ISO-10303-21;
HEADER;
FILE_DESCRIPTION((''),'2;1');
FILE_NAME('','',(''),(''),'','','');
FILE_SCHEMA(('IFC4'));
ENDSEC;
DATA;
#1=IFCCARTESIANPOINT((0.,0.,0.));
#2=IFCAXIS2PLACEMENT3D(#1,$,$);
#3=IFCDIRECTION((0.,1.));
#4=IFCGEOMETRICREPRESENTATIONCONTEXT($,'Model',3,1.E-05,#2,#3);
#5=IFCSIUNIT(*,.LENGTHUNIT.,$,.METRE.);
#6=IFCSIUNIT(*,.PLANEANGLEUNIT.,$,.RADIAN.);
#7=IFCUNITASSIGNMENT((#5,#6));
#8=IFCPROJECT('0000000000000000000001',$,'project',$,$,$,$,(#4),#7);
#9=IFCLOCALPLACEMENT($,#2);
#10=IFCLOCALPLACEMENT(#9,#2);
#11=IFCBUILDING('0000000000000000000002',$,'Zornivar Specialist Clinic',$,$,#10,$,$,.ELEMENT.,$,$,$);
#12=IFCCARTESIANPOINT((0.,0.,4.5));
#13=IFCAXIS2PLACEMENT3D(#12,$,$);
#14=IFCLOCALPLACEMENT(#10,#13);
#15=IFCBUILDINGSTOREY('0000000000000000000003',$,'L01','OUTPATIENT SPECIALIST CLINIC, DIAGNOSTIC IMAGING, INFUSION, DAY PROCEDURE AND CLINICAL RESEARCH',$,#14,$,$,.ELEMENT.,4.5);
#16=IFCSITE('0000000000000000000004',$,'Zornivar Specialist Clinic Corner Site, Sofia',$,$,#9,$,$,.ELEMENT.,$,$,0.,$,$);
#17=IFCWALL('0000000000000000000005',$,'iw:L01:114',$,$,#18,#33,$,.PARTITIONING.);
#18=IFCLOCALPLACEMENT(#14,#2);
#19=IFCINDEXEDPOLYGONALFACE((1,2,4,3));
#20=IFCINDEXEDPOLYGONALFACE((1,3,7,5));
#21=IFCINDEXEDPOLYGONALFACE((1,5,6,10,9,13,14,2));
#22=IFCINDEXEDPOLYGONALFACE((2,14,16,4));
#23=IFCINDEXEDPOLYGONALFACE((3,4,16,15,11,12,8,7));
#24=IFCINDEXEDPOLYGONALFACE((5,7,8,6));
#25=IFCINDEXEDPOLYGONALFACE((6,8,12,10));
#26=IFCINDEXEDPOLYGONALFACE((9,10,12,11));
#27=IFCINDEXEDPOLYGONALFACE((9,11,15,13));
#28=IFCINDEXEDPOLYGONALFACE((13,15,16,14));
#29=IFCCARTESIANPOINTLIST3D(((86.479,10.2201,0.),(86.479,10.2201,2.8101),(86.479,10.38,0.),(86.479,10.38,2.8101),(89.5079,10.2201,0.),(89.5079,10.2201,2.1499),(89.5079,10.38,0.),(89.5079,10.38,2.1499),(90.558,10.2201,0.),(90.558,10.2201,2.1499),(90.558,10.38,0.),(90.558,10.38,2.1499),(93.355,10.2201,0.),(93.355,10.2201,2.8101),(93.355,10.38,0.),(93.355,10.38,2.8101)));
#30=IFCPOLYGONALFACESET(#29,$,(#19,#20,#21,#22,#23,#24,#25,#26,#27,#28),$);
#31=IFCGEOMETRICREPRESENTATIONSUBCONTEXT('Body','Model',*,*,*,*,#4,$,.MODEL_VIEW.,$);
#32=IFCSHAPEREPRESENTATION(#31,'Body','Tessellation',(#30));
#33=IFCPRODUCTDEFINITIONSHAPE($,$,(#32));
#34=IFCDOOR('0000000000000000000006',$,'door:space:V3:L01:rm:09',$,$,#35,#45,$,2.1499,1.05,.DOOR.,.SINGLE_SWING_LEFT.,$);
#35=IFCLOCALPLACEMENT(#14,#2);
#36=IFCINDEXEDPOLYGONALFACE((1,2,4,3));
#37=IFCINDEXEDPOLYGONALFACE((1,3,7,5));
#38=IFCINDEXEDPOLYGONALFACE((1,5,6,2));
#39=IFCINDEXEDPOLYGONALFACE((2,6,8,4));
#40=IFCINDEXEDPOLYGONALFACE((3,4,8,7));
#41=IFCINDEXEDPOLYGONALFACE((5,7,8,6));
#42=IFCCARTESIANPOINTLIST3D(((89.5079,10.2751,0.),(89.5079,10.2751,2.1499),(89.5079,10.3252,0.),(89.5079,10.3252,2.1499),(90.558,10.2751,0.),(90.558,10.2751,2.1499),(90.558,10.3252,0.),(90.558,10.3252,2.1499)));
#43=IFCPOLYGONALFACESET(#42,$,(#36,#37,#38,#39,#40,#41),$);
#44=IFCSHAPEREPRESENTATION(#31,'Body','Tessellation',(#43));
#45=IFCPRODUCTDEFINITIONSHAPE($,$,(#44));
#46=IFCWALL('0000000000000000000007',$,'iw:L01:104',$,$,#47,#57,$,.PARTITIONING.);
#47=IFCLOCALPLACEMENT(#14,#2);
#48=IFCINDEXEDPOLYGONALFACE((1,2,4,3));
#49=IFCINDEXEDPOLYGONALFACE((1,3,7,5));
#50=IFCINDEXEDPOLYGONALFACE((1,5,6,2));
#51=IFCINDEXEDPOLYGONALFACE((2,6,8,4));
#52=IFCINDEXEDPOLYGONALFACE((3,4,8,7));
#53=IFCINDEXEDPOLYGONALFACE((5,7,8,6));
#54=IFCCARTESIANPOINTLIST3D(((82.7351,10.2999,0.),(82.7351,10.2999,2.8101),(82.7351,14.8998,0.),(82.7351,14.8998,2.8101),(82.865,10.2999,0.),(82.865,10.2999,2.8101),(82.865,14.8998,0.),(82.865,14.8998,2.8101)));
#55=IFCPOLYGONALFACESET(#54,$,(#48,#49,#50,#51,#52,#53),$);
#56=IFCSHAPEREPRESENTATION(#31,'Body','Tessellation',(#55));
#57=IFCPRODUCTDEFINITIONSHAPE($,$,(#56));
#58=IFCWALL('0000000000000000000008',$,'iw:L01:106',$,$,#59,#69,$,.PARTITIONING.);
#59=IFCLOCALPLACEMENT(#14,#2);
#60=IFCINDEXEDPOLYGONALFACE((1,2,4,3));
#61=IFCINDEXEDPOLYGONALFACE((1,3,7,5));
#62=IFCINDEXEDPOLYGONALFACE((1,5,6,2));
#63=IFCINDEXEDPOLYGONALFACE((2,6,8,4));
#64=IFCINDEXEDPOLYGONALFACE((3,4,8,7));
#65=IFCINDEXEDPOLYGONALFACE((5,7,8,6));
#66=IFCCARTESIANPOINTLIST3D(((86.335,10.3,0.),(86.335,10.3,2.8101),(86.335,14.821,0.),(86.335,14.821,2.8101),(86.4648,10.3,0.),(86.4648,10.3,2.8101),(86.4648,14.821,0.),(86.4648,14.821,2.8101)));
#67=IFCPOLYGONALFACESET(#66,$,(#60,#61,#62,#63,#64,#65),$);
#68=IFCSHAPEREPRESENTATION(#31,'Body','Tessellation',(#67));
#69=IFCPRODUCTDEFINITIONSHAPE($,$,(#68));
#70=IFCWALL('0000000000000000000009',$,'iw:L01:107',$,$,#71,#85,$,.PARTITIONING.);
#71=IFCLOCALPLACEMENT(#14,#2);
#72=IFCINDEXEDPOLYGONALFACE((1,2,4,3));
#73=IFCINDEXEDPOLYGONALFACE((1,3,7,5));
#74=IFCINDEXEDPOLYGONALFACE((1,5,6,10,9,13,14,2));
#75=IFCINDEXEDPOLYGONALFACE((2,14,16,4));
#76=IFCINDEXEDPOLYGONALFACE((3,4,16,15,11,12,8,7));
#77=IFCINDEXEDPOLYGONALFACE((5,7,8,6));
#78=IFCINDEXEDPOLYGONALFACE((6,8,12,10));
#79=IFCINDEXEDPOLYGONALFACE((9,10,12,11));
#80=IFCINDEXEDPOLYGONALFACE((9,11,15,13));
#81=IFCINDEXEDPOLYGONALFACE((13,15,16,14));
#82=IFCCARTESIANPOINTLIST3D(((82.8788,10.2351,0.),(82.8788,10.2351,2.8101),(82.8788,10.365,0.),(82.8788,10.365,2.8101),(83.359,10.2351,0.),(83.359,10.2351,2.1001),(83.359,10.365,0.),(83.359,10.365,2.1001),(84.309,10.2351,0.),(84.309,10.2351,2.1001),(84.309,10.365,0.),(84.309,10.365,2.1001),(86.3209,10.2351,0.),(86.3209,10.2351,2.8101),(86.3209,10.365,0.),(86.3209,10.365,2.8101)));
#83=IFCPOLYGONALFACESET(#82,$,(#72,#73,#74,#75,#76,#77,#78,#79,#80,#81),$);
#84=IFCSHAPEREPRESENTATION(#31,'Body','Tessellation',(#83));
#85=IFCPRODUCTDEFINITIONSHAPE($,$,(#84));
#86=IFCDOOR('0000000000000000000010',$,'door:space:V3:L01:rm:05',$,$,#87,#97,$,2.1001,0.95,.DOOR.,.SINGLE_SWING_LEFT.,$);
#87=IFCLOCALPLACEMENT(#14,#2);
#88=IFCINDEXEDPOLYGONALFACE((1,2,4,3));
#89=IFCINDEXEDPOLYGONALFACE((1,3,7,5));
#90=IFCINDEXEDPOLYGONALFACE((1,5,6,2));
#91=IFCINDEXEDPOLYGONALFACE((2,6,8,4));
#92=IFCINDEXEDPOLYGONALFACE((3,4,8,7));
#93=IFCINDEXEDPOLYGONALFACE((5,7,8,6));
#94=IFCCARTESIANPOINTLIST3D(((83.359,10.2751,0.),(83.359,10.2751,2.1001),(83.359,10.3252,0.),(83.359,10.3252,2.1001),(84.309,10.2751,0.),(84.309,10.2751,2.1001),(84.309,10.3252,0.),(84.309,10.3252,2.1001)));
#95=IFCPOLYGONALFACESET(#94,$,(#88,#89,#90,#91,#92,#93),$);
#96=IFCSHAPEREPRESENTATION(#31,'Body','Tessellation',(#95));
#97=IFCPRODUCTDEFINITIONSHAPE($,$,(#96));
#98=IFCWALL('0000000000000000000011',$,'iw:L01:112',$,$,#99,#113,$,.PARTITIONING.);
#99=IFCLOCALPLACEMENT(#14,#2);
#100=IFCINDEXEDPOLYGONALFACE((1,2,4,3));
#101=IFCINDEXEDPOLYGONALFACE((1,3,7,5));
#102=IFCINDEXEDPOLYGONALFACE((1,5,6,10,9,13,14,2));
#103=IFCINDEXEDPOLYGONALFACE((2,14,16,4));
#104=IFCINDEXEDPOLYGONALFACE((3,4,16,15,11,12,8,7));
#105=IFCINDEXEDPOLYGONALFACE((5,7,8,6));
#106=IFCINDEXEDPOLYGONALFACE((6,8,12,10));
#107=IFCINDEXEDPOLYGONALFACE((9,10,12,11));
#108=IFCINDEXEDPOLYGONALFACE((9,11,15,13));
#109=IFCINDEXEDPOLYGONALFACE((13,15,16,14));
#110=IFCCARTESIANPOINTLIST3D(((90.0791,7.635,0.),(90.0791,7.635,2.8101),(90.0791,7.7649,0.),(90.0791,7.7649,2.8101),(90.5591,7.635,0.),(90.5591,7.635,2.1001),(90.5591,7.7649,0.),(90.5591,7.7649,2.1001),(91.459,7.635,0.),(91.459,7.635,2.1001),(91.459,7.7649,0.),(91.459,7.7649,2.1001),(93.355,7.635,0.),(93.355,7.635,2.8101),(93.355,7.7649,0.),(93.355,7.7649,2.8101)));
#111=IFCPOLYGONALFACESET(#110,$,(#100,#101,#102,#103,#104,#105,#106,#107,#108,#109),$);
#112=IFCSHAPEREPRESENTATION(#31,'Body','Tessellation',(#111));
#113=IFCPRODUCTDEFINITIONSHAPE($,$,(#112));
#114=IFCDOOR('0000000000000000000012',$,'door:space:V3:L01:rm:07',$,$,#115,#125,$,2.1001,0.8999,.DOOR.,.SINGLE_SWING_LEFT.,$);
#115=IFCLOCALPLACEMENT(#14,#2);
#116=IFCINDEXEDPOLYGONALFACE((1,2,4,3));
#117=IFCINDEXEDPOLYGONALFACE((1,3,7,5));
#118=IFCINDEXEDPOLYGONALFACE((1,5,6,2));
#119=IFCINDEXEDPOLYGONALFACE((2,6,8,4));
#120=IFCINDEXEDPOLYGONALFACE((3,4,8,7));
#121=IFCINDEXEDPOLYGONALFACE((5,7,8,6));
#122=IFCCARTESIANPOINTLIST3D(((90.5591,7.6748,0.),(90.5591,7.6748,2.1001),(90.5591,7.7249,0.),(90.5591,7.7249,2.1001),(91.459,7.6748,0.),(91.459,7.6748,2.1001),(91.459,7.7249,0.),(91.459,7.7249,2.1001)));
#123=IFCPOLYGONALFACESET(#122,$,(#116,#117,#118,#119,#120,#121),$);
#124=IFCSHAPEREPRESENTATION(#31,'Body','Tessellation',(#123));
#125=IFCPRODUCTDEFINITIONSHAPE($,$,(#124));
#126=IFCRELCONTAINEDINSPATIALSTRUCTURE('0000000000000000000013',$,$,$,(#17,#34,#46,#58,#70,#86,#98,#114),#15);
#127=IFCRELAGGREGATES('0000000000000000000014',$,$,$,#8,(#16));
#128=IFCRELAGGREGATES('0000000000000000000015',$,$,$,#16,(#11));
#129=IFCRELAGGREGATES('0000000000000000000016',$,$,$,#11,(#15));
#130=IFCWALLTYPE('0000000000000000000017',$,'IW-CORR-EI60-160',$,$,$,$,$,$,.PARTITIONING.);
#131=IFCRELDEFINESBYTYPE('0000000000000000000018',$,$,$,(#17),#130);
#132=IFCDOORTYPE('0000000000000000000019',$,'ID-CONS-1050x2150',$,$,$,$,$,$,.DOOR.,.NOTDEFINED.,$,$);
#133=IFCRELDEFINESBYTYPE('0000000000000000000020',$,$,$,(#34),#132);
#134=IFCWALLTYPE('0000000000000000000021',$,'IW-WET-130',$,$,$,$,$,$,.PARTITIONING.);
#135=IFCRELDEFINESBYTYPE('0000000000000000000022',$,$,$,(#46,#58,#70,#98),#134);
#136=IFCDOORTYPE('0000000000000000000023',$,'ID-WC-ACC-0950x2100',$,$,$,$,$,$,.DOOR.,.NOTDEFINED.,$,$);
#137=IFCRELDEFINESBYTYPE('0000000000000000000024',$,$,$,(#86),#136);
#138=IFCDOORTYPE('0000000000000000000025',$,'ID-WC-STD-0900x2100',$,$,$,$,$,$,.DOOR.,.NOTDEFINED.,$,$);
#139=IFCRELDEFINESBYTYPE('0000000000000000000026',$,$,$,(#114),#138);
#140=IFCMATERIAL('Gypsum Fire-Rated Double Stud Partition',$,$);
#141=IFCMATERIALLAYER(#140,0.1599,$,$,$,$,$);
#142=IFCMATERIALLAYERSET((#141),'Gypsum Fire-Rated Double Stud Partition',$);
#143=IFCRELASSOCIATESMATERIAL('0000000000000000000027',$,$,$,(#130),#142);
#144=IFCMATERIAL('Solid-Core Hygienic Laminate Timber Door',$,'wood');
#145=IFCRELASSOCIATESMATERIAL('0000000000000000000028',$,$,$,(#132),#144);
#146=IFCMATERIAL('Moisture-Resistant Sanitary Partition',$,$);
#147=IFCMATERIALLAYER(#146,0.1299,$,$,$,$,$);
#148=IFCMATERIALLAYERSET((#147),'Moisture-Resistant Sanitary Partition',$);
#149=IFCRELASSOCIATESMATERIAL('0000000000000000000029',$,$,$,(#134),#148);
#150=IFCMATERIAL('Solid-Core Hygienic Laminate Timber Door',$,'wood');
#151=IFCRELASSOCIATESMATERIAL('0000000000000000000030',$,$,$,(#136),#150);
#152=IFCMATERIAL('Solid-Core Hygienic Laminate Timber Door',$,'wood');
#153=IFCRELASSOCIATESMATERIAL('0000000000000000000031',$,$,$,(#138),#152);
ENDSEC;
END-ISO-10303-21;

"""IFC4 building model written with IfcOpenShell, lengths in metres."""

from ifc_helpers import new_model, si_unit, direction, frame, frame_2d, origin, place, context, subcontext, project, spatial, rectangle, extrude, material, layer, layer_set, type_object, element, fill, save


model = new_model("IFC4")

# Units and contexts
model_context = context("Model", 3, precision=1e-05, world=origin(), true_north=direction((0.0, 1.0)))
body_context = subcontext(model_context, "Body", "Model", "MODEL_VIEW")
ifc_project = project(units=[si_unit("LENGTHUNIT", "METRE"), si_unit("PLANEANGLEUNIT", "RADIAN")], contexts=[model_context])

# Site, building, storey
site_placement = place(None, origin())
site = spatial("IfcSite", under=ifc_project, at=site_placement, Name="Zornivar Specialist Clinic Corner Site, Sofia", CompositionType="ELEMENT", RefElevation=0.0)
building_placement = place(site_placement, origin())
building = spatial("IfcBuilding", under=site, at=building_placement, Name="Zornivar Specialist Clinic", CompositionType="ELEMENT")
storey_placement = place(building_placement, frame((0.0, 0.0, 4.5)))
storey = spatial("IfcBuildingStorey", under=building, at=storey_placement, Name="L01", Description="OUTPATIENT SPECIALIST CLINIC, DIAGNOSTIC IMAGING, INFUSION, DAY PROCEDURE AND CLINICAL RESEARCH", CompositionType="ELEMENT", Elevation=4.5)

# Wall, opening, door
ifc_material_1 = material(Name="Gypsum Fire-Rated Double Stud Partition")
ifc_layer_1 = layer(ifc_material_1, 0.1599)
ifc_layer_set_1 = layer_set([ifc_layer_1], Name="Gypsum Fire-Rated Double Stud Partition")
wall_type_1 = type_object("IfcWallType", Name="IW-CORR-EI60-160", PredefinedType="PARTITIONING", material=ifc_layer_set_1)
ifc_material_2 = material(Name="Solid-Core Hygienic Laminate Timber Door", Category="wood")
door_type_1 = type_object("IfcDoorType", Name="ID-CONS-1050x2150", OperationType="NOTDEFINED", PredefinedType="DOOR", material=ifc_material_2)
wall_1_placement = place(storey_placement, frame((93.355, 10.3, 0.0), z_axis=(0.0, 0.0, 1.0), x_axis=(-1.0, 0.0, 0.0)))
wall_1 = element("IfcWall", 1, at=wall_1_placement, inside=storey, type_object=wall_type_1, Name="iw:L01:114", PredefinedType="PARTITIONING", context=body_context, shape_type="SweptSolid", body=[
    extrude(rectangle(XDim=6.876, YDim=0.1599, at=frame_2d((3.438, 0.0))), origin(), (0.0, 0.0, 1.0), 2.8101),
])
opening_1_placement = place(wall_1_placement, frame((2.7971, 0.0, 0.0)))
opening_1 = element("IfcOpeningElement", 2, at=opening_1_placement, cuts=wall_1, PredefinedType="OPENING", context=body_context, shape_type="SweptSolid", body=[
    extrude(rectangle(XDim=1.05, YDim=2.1499, at=frame_2d((0.5249, 1.075))), frame((0.0, 0.0898, 0.0), z_axis=(0.0, -1.0, 0.0), x_axis=(1.0, 0.0, 0.0)), (0.0, 0.0, 1.0), 0.1799),
])
door_1_placement = place(opening_1_placement, origin())
door_1 = element("IfcDoor", 3, at=door_1_placement, inside=storey, type_object=door_type_1, Name="door:space:V3:L01:rm:09", OperationType="SINGLE_SWING_LEFT", OverallHeight=2.1499, OverallWidth=1.05, PredefinedType="DOOR", context=body_context, shape_type="SweptSolid", body=[
    extrude(rectangle(XDim=1.05, YDim=2.1499, at=frame_2d((0.5249, 1.075))), frame((0.0, 0.0249, 0.0), z_axis=(0.0, -1.0, 0.0), x_axis=(1.0, 0.0, 0.0)), (0.0, 0.0, 1.0), 0.05),
])
fill(opening_1, door_1)

# Walls
ifc_material_3 = material(Name="Moisture-Resistant Sanitary Partition")
ifc_layer_2 = layer(ifc_material_3, 0.1299)
ifc_layer_set_2 = layer_set([ifc_layer_2], Name="Moisture-Resistant Sanitary Partition")
wall_type_2 = type_object("IfcWallType", Name="IW-WET-130", PredefinedType="PARTITIONING", material=ifc_layer_set_2)
wall_2_placement = place(storey_placement, frame((82.8, 10.3, 0.0), z_axis=(0.0, 0.0, 1.0), x_axis=(0.0, 1.0, 0.0)))
element("IfcWall", 4, at=wall_2_placement, inside=storey, type_object=wall_type_2, Name="iw:L01:104", PredefinedType="PARTITIONING", context=body_context, shape_type="SweptSolid", body=[
    extrude(rectangle(XDim=4.5999, YDim=0.1299, at=frame_2d((2.2998, 0.0))), origin(), (0.0, 0.0, 1.0), 2.8101),
])
wall_3_placement = place(storey_placement, frame((86.3999, 14.821, 0.0), z_axis=(0.0, 0.0, 1.0), x_axis=(0.0, -1.0, 0.0)))
element("IfcWall", 5, at=wall_3_placement, inside=storey, type_object=wall_type_2, Name="iw:L01:106", PredefinedType="PARTITIONING", context=body_context, shape_type="SweptSolid", body=[
    extrude(rectangle(XDim=4.521, YDim=0.1299, at=frame_2d((2.2605, 0.0))), origin(), (0.0, 0.0, 1.0), 2.8101),
])

# Walls, openings, doors
wall_4_placement = place(storey_placement, frame((86.321, 10.3, 0.0), z_axis=(0.0, 0.0, 1.0), x_axis=(-1.0, 0.0, 0.0)))
wall_4 = element("IfcWall", 6, at=wall_4_placement, inside=storey, type_object=wall_type_2, Name="iw:L01:107", PredefinedType="PARTITIONING", context=body_context, shape_type="SweptSolid", body=[
    extrude(rectangle(XDim=3.4421, YDim=0.1299, at=frame_2d((1.7212, 0.0))), origin(), (0.0, 0.0, 1.0), 2.8101),
])
opening_2_placement = place(wall_4_placement, frame((2.012, 0.0, 0.0)))
opening_2 = element("IfcOpeningElement", 7, at=opening_2_placement, cuts=wall_4, PredefinedType="OPENING", context=body_context, shape_type="SweptSolid", body=[
    extrude(rectangle(XDim=0.95, YDim=2.1001, at=frame_2d((0.4751, 1.05))), frame((0.0, 0.075, 0.0), z_axis=(0.0, -1.0, 0.0), x_axis=(1.0, 0.0, 0.0)), (0.0, 0.0, 1.0), 0.1499),
])
ifc_material_4 = material(Name="Solid-Core Hygienic Laminate Timber Door", Category="wood")
door_type_2 = type_object("IfcDoorType", Name="ID-WC-ACC-0950x2100", OperationType="NOTDEFINED", PredefinedType="DOOR", material=ifc_material_4)
door_2_placement = place(opening_2_placement, origin())
door_2 = element("IfcDoor", 8, at=door_2_placement, inside=storey, type_object=door_type_2, Name="door:space:V3:L01:rm:05", OperationType="SINGLE_SWING_LEFT", OverallHeight=2.1001, OverallWidth=0.95, PredefinedType="DOOR", context=body_context, shape_type="SweptSolid", body=[
    extrude(rectangle(XDim=0.95, YDim=2.1001, at=frame_2d((0.4751, 1.05))), frame((0.0, 0.0249, 0.0), z_axis=(0.0, -1.0, 0.0), x_axis=(1.0, 0.0, 0.0)), (0.0, 0.0, 1.0), 0.05),
])
fill(opening_2, door_2)
wall_5_placement = place(storey_placement, frame((90.0791, 7.7, 0.0), z_axis=(0.0, 0.0, 1.0), x_axis=(1.0, 0.0, 0.0)))
wall_5 = element("IfcWall", 9, at=wall_5_placement, inside=storey, type_object=wall_type_2, Name="iw:L01:112", PredefinedType="PARTITIONING", context=body_context, shape_type="SweptSolid", body=[
    extrude(rectangle(XDim=3.2759, YDim=0.1299, at=frame_2d((1.6379, 0.0))), origin(), (0.0, 0.0, 1.0), 2.8101),
])
opening_3_placement = place(wall_5_placement, frame((0.48, 0.0, 0.0)))
opening_3 = element("IfcOpeningElement", 10, at=opening_3_placement, cuts=wall_5, PredefinedType="OPENING", context=body_context, shape_type="SweptSolid", body=[
    extrude(rectangle(XDim=0.8999, YDim=2.1001, at=frame_2d((0.45, 1.05))), frame((0.0, 0.075, 0.0), z_axis=(0.0, -1.0, 0.0), x_axis=(1.0, 0.0, 0.0)), (0.0, 0.0, 1.0), 0.1499),
])
ifc_material_5 = material(Name="Solid-Core Hygienic Laminate Timber Door", Category="wood")
door_type_3 = type_object("IfcDoorType", Name="ID-WC-STD-0900x2100", OperationType="NOTDEFINED", PredefinedType="DOOR", material=ifc_material_5)
door_3_placement = place(opening_3_placement, origin())
door_3 = element("IfcDoor", 11, at=door_3_placement, inside=storey, type_object=door_type_3, Name="door:space:V3:L01:rm:07", OperationType="SINGLE_SWING_LEFT", OverallHeight=2.1001, OverallWidth=0.8999, PredefinedType="DOOR", context=body_context, shape_type="SweptSolid", body=[
    extrude(rectangle(XDim=0.8999, YDim=2.1001, at=frame_2d((0.45, 1.05))), frame((0.0, 0.0249, 0.0), z_axis=(0.0, -1.0, 0.0), x_axis=(1.0, 0.0, 0.0)), (0.0, 0.0, 1.0), 0.05),
])
fill(opening_3, door_3)

save(model, "model.ifc")
